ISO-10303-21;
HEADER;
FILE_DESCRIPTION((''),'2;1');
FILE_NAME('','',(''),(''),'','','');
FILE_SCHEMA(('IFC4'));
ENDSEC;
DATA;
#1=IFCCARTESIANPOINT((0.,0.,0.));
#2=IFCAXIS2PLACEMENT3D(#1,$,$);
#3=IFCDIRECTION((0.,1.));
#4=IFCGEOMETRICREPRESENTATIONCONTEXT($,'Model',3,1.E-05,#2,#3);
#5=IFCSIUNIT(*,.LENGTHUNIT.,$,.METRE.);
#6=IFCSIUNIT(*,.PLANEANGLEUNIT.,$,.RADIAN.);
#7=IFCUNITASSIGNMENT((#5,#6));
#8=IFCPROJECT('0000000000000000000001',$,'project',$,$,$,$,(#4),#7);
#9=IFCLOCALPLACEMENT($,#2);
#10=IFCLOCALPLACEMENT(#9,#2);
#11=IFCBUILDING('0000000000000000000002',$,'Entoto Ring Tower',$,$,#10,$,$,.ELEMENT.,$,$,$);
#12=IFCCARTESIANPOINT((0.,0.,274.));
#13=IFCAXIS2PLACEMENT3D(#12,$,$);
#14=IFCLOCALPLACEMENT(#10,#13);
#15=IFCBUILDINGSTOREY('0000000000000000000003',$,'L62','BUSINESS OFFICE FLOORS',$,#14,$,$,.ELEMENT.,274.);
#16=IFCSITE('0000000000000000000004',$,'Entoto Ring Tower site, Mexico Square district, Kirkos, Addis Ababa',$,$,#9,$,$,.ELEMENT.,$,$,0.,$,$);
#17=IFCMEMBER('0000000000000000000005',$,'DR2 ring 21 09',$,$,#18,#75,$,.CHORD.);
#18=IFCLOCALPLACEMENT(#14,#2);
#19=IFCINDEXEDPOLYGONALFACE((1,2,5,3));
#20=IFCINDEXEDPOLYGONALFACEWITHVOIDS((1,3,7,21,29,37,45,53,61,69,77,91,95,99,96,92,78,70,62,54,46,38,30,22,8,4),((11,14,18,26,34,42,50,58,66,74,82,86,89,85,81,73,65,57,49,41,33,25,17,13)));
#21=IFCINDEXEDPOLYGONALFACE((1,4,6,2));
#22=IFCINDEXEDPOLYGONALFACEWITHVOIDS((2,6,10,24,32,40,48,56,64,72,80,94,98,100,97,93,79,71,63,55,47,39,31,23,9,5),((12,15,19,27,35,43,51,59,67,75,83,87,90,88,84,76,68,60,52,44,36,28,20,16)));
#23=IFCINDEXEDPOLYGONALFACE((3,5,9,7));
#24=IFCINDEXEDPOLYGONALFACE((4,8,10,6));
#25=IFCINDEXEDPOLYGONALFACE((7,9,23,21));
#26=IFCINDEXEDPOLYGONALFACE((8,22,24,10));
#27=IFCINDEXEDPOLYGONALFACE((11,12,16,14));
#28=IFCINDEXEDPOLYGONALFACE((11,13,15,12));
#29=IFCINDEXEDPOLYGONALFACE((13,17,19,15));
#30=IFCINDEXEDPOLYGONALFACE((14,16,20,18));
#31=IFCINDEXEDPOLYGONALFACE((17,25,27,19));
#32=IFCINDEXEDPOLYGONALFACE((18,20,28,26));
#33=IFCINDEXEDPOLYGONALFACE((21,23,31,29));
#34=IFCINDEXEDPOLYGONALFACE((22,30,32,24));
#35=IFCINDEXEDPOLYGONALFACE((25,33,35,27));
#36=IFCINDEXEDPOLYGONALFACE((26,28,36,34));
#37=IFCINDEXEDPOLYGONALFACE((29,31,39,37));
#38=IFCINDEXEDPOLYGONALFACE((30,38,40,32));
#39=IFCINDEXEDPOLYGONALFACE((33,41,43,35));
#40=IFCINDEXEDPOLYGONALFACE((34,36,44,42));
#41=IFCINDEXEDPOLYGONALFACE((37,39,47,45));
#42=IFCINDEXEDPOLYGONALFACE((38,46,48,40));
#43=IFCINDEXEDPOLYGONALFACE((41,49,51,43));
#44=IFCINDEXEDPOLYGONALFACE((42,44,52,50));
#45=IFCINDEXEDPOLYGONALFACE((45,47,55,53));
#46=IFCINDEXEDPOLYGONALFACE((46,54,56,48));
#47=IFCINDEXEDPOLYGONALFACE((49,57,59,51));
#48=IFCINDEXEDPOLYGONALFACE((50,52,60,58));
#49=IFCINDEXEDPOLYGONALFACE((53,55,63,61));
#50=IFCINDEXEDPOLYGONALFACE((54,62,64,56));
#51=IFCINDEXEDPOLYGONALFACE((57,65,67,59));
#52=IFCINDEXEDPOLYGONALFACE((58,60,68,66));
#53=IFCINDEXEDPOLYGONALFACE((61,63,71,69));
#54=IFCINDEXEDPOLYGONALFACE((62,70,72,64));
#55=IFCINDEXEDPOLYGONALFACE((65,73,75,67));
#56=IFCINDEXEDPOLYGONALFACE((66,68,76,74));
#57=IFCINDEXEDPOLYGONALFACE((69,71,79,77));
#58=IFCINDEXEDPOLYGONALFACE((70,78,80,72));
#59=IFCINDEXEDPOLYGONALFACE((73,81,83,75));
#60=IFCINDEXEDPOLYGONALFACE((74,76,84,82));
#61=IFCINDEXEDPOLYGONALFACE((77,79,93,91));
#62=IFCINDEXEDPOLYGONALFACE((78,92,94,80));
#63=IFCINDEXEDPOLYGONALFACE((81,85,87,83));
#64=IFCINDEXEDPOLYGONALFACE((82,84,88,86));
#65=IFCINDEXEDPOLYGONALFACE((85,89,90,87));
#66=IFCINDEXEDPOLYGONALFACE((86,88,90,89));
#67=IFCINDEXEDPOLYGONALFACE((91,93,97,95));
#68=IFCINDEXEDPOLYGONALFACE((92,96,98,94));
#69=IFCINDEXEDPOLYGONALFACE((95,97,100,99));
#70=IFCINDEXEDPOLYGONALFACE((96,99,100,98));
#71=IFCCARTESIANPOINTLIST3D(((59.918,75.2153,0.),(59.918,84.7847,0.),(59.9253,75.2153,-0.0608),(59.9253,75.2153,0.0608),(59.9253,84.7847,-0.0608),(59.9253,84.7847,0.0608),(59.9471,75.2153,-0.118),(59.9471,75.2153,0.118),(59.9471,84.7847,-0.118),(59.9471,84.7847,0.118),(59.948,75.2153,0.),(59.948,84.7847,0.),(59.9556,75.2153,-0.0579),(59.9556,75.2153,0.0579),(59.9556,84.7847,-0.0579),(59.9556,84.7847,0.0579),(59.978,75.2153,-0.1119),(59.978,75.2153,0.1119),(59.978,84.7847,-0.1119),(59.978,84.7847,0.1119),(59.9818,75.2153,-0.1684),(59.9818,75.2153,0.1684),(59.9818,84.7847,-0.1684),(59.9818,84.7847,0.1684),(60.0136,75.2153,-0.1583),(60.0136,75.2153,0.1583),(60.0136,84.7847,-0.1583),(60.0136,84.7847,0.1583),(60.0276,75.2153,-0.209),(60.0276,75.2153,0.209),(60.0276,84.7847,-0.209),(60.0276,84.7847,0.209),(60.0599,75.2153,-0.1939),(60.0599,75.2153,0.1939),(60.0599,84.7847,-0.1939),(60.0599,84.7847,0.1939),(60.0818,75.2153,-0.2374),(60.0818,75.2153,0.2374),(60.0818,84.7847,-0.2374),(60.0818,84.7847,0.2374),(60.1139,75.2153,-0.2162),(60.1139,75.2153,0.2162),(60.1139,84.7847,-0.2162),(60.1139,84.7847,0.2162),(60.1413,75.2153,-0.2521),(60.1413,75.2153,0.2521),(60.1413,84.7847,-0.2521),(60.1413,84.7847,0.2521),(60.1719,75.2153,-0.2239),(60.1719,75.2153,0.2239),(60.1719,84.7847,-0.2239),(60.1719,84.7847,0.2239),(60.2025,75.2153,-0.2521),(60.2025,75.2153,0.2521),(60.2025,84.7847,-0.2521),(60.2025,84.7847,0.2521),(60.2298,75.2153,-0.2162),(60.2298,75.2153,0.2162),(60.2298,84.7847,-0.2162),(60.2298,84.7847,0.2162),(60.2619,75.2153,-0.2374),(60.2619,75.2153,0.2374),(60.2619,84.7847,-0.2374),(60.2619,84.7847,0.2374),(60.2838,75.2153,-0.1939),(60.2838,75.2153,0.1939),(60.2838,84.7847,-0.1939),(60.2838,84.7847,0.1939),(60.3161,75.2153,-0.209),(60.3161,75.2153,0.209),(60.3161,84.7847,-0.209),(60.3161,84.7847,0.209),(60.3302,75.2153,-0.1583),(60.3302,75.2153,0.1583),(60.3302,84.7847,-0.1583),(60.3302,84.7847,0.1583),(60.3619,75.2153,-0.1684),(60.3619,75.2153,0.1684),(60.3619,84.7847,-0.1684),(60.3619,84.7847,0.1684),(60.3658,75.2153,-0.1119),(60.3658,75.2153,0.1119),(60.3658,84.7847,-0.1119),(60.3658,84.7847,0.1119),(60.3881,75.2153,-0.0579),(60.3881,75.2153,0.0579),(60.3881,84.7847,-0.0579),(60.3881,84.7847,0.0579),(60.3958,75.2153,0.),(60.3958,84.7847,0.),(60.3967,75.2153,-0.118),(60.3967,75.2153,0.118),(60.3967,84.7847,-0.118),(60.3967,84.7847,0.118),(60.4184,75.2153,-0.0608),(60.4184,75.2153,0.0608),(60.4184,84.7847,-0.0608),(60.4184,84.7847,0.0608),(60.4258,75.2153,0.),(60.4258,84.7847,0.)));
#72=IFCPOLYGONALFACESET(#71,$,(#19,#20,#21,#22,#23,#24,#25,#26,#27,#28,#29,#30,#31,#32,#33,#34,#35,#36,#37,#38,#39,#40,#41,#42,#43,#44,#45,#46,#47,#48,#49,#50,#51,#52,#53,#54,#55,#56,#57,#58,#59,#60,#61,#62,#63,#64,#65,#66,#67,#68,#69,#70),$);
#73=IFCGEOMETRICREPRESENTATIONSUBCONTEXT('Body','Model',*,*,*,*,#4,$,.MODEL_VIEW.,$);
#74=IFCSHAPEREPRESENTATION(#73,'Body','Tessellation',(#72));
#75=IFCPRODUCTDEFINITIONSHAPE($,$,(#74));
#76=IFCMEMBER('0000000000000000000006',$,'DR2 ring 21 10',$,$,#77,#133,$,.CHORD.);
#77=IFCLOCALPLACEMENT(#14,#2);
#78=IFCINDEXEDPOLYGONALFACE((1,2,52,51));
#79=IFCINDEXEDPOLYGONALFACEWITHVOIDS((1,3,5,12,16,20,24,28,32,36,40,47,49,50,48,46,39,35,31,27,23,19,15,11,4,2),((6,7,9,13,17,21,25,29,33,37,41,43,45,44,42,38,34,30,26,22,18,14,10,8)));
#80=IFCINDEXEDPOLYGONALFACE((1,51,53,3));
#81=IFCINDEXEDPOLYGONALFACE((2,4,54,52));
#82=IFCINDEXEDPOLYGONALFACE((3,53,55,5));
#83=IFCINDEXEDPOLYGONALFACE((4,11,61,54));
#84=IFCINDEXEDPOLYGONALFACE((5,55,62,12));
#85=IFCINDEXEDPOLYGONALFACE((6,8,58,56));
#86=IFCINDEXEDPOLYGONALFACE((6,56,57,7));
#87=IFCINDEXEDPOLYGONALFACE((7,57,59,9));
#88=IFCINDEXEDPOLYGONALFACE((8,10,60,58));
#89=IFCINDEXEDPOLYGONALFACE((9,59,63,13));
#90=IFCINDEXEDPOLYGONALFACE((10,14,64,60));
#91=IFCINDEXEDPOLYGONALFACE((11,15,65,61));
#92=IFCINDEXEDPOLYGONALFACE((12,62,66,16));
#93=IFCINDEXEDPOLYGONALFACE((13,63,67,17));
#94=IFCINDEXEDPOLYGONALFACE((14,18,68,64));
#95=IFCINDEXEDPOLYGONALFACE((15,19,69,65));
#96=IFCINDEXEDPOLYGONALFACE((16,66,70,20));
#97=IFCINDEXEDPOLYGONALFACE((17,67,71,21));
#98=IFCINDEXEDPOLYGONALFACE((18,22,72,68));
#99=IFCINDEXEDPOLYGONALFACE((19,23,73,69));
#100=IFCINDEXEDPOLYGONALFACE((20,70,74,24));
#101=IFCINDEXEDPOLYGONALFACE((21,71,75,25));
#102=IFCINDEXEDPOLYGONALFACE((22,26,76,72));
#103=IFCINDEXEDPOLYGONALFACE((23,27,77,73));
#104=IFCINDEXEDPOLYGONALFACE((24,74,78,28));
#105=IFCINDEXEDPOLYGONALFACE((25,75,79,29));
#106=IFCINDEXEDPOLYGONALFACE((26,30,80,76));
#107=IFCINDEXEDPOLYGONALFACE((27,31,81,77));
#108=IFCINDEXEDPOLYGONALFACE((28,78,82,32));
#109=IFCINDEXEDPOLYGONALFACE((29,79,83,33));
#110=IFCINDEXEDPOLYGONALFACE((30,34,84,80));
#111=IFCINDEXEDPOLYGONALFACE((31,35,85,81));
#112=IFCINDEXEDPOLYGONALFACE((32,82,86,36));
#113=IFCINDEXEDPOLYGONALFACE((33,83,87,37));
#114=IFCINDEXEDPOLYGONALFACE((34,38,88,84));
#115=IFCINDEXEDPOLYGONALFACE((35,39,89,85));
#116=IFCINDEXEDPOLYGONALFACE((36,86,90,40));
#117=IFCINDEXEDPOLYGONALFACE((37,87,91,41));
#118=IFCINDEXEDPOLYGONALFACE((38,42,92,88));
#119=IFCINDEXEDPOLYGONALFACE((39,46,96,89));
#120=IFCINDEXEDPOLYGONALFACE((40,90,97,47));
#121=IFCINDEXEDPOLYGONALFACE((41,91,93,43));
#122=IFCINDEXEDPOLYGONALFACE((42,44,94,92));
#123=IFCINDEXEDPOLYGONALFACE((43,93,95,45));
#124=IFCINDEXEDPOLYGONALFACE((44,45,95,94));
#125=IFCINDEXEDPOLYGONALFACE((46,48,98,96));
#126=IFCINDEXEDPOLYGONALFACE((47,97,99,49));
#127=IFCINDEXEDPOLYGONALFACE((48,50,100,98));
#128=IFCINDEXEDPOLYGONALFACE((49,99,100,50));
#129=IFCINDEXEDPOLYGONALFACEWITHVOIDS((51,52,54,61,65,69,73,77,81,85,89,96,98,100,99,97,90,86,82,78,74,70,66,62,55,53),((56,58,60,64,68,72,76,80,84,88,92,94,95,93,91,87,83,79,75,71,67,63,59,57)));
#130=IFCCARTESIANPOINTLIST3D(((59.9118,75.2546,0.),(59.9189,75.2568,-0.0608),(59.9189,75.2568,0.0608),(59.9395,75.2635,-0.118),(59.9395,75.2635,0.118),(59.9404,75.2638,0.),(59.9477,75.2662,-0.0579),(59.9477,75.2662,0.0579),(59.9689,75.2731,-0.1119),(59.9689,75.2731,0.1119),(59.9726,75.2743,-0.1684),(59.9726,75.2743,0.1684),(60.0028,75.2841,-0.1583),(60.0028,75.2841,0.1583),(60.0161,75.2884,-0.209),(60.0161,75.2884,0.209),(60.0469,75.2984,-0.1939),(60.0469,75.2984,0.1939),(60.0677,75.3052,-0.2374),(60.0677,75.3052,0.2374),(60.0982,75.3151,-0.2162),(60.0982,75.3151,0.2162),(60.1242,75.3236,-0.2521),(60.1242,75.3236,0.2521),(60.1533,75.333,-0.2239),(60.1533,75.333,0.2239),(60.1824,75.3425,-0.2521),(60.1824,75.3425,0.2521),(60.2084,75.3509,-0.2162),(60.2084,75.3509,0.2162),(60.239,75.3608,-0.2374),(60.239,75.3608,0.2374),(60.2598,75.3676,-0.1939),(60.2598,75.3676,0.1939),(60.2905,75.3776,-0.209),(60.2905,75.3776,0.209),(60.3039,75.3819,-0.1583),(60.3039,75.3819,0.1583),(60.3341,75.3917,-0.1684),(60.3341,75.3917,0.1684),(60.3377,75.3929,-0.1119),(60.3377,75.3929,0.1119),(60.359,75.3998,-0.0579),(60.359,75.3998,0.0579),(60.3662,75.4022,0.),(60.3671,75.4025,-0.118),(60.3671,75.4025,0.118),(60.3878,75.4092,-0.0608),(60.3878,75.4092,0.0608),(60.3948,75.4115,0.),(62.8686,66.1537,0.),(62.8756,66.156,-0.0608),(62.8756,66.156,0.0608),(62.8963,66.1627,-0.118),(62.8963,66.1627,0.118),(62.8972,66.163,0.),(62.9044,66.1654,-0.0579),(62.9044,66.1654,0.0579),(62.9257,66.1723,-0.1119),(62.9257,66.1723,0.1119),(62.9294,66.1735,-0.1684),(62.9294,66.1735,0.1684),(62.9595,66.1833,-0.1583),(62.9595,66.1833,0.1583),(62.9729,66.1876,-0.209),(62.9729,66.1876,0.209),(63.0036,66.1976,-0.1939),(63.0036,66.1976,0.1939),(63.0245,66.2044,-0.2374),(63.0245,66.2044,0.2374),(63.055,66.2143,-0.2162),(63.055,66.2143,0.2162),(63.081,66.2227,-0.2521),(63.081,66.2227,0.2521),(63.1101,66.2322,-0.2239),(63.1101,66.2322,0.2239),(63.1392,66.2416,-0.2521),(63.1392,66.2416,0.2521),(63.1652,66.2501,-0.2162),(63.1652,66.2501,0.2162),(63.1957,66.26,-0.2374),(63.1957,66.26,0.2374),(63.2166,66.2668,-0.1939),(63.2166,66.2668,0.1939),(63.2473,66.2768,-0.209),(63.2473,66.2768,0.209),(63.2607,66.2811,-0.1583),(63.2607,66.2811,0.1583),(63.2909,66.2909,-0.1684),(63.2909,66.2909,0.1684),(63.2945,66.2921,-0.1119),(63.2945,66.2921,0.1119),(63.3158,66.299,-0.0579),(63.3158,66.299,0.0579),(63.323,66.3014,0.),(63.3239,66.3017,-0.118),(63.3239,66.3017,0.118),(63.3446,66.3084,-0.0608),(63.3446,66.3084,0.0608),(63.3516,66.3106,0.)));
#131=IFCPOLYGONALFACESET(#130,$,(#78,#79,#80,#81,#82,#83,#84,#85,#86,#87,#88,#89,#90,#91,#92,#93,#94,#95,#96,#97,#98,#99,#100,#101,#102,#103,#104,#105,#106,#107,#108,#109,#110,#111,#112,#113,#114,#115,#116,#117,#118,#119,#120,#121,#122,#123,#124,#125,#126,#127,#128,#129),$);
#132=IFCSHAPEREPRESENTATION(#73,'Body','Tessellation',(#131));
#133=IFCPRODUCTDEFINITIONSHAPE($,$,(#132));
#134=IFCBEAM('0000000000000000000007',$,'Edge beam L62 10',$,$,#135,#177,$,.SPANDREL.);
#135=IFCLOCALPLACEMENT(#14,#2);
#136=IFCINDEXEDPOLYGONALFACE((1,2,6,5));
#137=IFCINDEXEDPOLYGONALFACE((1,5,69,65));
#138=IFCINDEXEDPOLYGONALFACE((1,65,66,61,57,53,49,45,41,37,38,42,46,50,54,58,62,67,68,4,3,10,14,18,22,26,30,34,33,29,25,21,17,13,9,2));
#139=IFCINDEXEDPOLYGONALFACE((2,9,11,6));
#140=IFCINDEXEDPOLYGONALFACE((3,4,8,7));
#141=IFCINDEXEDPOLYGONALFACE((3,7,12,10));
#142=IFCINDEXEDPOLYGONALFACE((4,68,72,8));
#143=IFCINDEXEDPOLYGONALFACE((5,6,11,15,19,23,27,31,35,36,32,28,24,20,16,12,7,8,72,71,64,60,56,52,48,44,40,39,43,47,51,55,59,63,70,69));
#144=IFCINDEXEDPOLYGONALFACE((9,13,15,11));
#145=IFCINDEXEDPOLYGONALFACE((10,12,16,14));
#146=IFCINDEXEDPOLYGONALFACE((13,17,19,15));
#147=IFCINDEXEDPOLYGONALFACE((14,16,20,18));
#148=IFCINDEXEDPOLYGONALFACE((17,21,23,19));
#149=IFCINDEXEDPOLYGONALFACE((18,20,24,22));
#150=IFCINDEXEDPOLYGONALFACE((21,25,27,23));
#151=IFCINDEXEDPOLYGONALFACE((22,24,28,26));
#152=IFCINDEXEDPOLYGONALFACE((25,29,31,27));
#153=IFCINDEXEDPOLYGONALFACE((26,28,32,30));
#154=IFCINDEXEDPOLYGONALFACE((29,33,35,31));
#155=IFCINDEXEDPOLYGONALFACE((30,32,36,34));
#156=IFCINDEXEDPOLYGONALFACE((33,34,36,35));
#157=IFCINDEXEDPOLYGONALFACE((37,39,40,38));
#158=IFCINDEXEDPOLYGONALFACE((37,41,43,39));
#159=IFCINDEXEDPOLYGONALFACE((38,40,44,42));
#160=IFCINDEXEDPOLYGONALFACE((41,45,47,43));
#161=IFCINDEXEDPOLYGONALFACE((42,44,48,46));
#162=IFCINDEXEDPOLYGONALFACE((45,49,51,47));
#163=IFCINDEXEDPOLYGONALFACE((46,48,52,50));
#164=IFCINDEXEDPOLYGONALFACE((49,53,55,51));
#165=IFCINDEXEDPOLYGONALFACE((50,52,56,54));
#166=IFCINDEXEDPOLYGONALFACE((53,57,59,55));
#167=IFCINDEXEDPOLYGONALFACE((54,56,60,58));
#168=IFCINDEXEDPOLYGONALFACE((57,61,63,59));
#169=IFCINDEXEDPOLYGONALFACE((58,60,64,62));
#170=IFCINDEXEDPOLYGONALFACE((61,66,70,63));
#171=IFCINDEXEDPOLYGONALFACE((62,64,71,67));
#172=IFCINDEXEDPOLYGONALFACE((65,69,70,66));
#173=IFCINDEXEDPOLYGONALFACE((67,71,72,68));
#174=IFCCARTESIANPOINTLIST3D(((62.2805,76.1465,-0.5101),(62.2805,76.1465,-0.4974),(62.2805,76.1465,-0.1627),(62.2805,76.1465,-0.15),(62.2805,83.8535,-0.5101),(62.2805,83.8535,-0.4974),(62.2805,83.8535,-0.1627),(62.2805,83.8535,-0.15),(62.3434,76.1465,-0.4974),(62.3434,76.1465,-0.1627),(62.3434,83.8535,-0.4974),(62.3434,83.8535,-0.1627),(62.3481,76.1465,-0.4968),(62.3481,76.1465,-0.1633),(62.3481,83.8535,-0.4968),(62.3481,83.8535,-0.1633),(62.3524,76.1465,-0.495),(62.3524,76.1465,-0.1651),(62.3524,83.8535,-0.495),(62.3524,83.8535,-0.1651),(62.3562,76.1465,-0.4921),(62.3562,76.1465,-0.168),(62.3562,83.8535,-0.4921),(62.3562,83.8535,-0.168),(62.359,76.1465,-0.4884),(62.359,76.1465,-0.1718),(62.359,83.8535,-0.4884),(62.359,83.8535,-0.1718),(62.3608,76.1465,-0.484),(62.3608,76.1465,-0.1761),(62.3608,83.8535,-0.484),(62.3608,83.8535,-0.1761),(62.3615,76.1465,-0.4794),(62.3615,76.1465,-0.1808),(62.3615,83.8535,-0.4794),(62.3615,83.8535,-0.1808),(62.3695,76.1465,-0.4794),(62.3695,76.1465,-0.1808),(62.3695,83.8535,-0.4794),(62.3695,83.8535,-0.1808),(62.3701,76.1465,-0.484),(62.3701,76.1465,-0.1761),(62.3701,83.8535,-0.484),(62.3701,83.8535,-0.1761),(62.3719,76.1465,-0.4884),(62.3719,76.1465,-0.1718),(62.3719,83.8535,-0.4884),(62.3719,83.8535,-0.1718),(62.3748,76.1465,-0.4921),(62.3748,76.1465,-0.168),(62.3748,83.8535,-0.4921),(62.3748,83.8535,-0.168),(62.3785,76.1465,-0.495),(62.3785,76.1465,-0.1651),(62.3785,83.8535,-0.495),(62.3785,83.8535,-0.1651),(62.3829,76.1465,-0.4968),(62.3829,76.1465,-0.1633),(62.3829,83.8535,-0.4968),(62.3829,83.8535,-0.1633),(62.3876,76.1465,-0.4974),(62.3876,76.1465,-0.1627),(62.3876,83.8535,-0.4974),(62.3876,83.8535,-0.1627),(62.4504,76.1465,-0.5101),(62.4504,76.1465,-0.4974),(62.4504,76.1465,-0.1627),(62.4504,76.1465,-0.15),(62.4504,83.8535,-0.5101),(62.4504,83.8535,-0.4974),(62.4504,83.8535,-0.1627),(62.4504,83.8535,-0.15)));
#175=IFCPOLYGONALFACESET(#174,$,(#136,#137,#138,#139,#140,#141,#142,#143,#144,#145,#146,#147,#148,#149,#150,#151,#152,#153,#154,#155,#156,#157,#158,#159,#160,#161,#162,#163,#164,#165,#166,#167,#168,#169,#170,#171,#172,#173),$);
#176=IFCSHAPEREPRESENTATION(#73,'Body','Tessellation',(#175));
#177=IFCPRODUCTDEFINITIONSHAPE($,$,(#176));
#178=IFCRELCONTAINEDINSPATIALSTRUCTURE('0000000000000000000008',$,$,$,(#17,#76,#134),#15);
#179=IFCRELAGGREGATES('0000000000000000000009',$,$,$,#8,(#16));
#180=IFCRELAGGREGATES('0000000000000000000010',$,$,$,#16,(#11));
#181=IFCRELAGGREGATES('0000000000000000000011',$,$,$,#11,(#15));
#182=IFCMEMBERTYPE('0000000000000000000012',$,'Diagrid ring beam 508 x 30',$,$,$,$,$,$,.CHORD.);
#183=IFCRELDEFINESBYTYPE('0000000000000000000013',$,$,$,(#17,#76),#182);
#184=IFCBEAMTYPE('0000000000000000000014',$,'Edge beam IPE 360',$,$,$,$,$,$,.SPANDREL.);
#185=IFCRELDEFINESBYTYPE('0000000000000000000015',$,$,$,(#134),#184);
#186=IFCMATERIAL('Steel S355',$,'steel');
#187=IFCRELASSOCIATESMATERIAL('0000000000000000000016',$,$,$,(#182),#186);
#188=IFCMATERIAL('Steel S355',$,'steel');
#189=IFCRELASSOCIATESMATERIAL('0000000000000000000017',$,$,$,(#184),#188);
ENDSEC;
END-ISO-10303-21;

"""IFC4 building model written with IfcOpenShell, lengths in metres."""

from ifc_helpers import new_model, si_unit, direction, frame, origin, origin_2d, place, context, subcontext, project, spatial, circle, hollow_circle, i_section, extrude, material, material_profile, profile_set, type_object, element, save


model = new_model("IFC4")

# Units and contexts
model_context = context("Model", 3, precision=1e-05, world=origin(), true_north=direction((0.0, 1.0)))
body_context = subcontext(model_context, "Body", "Model", "MODEL_VIEW")
ifc_project = project(units=[si_unit("LENGTHUNIT", "METRE"), si_unit("PLANEANGLEUNIT", "RADIAN")], contexts=[model_context])

# Site, building, storey
site_placement = place(None, origin())
site = spatial("IfcSite", under=ifc_project, at=site_placement, Name="Entoto Ring Tower site, Mexico Square district, Kirkos, Addis Ababa", CompositionType="ELEMENT", RefElevation=0.0)
building_placement = place(site_placement, origin())
building = spatial("IfcBuilding", under=site, at=building_placement, Name="Entoto Ring Tower", CompositionType="ELEMENT")
storey_placement = place(building_placement, frame((0.0, 0.0, 274.0)))
storey = spatial("IfcBuildingStorey", under=building, at=storey_placement, Name="L62", Description="BUSINESS OFFICE FLOORS", CompositionType="ELEMENT", Elevation=274.0)

# Members
ifc_material_1 = material(Name="Steel S355", Category="steel")
ifc_material_profile_1 = material_profile(ifc_material_1, hollow_circle(Radius=0.2539, WallThickness=0.03, at=origin_2d()), Name="CHS 508 x 30")
ifc_material_2 = material(Name="Concrete C60/75", Category="concrete")
ifc_material_profile_2 = material_profile(ifc_material_2, circle(Radius=0.2241, at=origin_2d()), Name="Concrete C60/75 infill")
ifc_profile_set_1 = profile_set([ifc_material_profile_1, ifc_material_profile_2], Name="Steel S355")
member_type_1 = type_object("IfcMemberType", Name="Diagrid ring beam 508 x 30", PredefinedType="CHORD", material=ifc_profile_set_1)
member_1_placement = place(storey_placement, frame((60.1719, 84.7847, 0.0), z_axis=(0.0, -1.0, 0.0), x_axis=(1.0, 0.0, 0.0)))
element("IfcMember", 1, at=member_1_placement, inside=storey, type_object=member_type_1, Name="DR2 ring 21 09", PredefinedType="CHORD", context=body_context, shape_type="SweptSolid", body=[
    extrude(hollow_circle(Radius=0.2539, WallThickness=0.03, at=origin_2d()), origin(), (0.0, 0.0, 1.0), 9.5693),
])
member_2_placement = place(storey_placement, frame((60.1533, 75.333, 0.0), z_axis=(0.308993, -0.951064, 0.0), x_axis=(0.951064, 0.308993, 0.0)))
element("IfcMember", 2, at=member_2_placement, inside=storey, type_object=member_type_1, Name="DR2 ring 21 10", PredefinedType="CHORD", context=body_context, shape_type="SweptSolid", body=[
    extrude(hollow_circle(Radius=0.2539, WallThickness=0.03, at=origin_2d()), origin(), (0.0, 0.0, 1.0), 9.5691),
])

# Beam
ifc_material_3 = material(Name="Steel S355", Category="steel")
ifc_material_profile_3 = material_profile(ifc_material_3, i_section(OverallWidth=0.1699, OverallDepth=0.3601, WebThickness=0.0081, FlangeThickness=0.0127, FilletRadius=0.0181, at=origin_2d()), Name="IPE 360")
ifc_profile_set_2 = profile_set([ifc_material_profile_3], Name="Steel S355")
beam_type_1 = type_object("IfcBeamType", Name="Edge beam IPE 360", PredefinedType="SPANDREL", material=ifc_profile_set_2)
beam_1_placement = place(storey_placement, frame((62.3655, 83.8535, -0.3301), z_axis=(0.0, -1.0, 0.0), x_axis=(1.0, 0.0, 0.0)))
element("IfcBeam", 3, at=beam_1_placement, inside=storey, type_object=beam_type_1, Name="Edge beam L62 10", PredefinedType="SPANDREL", context=body_context, shape_type="SweptSolid", body=[
    extrude(i_section(OverallWidth=0.1699, OverallDepth=0.3601, WebThickness=0.0081, FlangeThickness=0.0127, FilletRadius=0.0181, at=origin_2d()), origin(), (0.0, 0.0, 1.0), 7.707),
])

save(model, "model.ifc")
